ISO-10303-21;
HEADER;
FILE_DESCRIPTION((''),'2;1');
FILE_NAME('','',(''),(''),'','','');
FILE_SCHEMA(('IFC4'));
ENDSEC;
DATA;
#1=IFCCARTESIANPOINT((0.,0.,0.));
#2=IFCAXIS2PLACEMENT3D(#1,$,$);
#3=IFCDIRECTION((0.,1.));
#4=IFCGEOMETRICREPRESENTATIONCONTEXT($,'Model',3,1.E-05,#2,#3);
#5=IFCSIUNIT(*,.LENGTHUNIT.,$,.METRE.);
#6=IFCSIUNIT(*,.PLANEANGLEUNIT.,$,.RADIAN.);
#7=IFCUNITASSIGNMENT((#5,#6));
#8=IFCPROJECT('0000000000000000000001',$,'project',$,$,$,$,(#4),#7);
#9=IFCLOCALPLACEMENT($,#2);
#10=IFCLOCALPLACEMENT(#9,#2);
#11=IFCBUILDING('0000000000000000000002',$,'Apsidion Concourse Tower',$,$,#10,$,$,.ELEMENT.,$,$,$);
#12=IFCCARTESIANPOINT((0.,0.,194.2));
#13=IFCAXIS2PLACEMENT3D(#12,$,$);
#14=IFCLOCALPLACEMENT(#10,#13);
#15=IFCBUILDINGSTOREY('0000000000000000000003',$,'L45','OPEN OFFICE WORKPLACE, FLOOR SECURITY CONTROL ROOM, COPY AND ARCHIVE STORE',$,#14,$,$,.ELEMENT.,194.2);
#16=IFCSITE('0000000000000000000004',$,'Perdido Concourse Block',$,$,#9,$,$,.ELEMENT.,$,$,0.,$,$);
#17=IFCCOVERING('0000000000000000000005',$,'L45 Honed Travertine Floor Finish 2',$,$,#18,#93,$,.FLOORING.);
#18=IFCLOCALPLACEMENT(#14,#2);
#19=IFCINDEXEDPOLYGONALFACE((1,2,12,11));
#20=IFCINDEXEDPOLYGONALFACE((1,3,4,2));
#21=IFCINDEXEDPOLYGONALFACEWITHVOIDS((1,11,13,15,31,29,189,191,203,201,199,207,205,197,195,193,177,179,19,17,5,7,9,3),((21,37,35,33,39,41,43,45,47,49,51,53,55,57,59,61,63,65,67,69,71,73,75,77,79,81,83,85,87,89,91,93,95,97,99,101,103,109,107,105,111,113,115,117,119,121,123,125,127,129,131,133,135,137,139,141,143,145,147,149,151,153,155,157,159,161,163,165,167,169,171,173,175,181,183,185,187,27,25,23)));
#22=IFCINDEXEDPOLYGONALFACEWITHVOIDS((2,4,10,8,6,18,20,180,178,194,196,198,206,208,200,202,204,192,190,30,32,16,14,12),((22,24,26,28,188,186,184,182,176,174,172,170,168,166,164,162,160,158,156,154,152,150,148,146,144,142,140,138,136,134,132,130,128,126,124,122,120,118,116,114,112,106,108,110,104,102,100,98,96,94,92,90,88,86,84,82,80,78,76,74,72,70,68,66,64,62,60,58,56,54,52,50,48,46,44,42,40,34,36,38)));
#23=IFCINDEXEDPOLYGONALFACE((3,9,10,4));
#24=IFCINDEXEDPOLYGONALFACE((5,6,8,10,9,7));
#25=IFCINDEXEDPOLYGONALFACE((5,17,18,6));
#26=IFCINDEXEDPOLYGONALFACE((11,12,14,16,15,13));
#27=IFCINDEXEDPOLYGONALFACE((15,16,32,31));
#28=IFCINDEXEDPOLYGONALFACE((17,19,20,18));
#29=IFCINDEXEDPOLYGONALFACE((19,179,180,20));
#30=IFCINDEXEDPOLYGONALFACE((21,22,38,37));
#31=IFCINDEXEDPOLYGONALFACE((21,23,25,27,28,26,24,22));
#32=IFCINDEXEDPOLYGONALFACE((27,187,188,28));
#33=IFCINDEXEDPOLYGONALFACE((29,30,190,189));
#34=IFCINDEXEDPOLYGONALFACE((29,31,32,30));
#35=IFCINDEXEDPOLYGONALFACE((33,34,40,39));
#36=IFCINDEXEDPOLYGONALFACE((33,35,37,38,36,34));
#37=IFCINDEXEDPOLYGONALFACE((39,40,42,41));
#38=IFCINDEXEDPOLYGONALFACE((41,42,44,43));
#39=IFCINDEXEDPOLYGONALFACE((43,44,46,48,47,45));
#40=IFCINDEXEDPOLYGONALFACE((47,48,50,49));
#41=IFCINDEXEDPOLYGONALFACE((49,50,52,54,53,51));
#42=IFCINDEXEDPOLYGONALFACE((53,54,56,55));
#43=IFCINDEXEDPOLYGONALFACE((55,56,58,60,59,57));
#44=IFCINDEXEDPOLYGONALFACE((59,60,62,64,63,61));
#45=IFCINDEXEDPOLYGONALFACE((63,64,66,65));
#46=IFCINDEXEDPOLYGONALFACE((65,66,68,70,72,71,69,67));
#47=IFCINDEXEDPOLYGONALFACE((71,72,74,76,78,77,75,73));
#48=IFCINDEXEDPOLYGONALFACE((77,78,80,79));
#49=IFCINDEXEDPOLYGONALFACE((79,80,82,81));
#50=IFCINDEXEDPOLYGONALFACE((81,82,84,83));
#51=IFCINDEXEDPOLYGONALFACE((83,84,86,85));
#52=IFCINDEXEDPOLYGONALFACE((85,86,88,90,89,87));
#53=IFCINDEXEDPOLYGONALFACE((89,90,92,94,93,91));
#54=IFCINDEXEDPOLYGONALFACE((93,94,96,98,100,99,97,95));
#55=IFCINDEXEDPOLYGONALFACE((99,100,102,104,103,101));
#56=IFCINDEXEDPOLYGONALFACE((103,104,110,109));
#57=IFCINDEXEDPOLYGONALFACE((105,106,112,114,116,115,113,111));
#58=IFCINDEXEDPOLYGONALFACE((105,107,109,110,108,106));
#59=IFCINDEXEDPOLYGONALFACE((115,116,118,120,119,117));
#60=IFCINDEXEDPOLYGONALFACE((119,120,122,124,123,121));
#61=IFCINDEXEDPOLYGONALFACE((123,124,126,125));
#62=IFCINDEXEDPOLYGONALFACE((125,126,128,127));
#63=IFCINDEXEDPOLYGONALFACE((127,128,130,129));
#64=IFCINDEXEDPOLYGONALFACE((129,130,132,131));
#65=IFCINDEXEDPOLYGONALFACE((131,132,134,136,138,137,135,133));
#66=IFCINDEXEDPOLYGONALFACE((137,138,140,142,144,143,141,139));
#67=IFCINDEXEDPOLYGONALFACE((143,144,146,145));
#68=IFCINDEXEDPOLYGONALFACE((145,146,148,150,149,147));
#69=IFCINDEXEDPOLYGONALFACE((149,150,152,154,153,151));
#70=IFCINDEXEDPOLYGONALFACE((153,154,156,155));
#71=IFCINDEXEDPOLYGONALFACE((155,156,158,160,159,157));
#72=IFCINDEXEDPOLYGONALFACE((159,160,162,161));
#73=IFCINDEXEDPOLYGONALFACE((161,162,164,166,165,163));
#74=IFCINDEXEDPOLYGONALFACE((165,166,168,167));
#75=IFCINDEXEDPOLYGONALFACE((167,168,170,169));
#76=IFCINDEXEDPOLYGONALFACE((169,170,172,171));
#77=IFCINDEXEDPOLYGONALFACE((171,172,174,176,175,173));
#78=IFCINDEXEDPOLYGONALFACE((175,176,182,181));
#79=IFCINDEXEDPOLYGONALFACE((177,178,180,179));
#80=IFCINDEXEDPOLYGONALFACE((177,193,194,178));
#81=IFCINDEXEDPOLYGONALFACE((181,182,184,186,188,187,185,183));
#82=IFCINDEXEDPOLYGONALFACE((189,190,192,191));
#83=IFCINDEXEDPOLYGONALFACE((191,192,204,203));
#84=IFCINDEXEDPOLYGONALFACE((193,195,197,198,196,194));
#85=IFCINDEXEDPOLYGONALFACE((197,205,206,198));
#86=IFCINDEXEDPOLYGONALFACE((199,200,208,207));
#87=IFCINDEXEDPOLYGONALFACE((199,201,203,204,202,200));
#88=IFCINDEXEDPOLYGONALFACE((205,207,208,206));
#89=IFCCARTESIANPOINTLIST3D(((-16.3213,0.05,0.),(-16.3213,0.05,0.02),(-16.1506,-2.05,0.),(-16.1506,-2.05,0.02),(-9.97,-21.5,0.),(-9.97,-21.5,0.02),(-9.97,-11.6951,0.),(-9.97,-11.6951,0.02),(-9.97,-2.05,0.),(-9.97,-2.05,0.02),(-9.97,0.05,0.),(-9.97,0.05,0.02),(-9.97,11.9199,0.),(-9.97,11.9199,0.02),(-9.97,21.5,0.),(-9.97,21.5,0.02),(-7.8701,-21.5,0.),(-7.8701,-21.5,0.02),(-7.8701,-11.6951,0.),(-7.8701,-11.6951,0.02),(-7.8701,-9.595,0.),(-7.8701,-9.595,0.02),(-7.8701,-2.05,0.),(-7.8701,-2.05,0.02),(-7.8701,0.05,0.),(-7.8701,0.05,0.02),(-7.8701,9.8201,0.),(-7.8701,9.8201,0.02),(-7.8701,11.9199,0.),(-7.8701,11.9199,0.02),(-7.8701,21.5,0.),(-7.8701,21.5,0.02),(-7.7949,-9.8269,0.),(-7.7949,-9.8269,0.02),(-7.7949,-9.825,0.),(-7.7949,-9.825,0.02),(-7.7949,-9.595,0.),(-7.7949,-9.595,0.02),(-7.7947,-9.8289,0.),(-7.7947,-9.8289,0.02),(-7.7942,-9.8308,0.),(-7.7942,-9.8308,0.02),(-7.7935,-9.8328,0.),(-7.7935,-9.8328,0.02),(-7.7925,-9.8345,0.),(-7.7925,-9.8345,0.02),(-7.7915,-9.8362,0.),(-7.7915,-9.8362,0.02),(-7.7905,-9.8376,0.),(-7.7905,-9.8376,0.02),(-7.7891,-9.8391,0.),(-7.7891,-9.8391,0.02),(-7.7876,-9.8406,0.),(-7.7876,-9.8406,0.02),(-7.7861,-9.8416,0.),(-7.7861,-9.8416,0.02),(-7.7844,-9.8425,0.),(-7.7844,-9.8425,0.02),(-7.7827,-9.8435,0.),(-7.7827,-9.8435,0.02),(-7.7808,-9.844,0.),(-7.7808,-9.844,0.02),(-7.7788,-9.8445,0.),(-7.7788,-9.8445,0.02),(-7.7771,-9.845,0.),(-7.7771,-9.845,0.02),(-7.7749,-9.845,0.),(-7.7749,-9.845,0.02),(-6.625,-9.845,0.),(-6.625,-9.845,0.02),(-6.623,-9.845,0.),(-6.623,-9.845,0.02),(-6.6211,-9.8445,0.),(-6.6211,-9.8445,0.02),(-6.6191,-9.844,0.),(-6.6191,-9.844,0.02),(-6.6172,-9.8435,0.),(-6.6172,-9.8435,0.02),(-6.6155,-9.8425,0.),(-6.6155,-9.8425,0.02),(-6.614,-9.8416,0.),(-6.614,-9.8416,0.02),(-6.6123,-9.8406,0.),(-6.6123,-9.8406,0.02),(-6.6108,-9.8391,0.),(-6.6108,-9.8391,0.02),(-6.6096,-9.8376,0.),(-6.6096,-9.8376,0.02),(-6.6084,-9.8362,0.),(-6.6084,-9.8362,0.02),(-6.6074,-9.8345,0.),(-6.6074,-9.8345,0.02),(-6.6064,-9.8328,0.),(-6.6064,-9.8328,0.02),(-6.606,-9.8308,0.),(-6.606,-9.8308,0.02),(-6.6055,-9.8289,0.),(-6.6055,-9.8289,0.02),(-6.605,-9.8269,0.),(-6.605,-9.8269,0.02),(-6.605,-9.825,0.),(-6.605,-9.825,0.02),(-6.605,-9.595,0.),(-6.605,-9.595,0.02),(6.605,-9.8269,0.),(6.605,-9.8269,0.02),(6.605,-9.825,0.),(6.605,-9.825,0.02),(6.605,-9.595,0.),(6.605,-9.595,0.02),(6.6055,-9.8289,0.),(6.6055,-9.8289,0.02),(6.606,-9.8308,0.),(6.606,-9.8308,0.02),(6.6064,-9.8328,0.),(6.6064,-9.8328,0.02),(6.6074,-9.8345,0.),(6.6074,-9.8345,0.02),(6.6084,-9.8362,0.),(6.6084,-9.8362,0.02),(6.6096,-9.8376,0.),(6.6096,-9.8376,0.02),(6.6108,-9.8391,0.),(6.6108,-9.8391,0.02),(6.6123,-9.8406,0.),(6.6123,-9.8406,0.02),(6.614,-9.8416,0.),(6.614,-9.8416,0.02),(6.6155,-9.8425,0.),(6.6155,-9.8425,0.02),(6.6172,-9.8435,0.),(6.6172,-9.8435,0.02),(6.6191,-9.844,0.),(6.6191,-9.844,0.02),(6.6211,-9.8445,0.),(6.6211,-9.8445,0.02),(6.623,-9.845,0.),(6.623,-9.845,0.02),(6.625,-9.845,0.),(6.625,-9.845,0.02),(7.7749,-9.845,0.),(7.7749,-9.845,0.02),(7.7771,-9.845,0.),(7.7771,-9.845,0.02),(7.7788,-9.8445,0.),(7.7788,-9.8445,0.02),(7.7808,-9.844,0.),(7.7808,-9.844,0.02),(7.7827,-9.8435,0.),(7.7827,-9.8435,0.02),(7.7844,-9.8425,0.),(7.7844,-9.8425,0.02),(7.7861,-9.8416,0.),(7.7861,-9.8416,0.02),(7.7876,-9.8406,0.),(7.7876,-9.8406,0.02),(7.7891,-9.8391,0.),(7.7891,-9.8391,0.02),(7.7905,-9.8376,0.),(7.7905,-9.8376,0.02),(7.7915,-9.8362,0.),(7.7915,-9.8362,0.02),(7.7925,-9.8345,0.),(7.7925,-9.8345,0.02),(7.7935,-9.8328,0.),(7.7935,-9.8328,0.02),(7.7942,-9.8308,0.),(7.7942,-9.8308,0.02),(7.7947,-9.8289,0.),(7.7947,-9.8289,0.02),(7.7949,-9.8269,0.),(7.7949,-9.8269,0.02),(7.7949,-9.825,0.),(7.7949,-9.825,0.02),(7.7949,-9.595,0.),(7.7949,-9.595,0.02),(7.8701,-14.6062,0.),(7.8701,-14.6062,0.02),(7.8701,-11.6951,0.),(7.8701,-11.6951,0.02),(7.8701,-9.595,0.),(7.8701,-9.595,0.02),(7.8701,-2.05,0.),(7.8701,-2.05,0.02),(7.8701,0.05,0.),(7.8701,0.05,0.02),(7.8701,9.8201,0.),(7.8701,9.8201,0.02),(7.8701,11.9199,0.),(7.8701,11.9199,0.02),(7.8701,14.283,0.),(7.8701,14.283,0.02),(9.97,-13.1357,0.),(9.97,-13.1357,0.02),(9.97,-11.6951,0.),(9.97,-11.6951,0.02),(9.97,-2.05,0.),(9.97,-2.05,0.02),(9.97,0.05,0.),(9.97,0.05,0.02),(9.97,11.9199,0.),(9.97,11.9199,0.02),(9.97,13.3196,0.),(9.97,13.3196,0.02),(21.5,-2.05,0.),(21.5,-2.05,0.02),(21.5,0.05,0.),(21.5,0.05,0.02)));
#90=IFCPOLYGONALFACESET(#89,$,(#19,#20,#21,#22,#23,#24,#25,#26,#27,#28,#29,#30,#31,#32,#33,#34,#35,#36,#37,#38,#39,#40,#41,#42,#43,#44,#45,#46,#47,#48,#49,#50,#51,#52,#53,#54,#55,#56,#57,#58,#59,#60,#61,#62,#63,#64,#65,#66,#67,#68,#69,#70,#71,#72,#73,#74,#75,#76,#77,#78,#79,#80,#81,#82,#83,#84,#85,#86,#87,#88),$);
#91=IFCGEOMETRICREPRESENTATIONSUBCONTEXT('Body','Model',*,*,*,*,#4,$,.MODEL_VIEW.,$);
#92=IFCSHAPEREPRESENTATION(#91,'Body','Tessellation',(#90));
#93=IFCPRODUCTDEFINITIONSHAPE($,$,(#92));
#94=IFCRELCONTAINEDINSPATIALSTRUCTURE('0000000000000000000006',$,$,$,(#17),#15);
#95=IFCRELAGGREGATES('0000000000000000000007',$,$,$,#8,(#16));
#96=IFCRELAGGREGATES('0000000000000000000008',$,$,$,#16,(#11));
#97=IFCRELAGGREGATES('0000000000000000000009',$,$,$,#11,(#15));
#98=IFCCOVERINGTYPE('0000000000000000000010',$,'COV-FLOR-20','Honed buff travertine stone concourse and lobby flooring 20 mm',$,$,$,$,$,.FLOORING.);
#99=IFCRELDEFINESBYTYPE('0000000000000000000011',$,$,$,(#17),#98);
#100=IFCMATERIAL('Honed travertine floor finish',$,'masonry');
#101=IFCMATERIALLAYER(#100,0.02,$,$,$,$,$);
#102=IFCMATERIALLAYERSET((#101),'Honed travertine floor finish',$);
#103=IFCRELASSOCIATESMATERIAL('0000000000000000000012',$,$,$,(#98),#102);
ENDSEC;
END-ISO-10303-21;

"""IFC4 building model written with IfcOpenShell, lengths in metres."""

from ifc_helpers import new_model, si_unit, direction, frame, origin, place, context, subcontext, project, spatial, polyline, outline, extrude, material, layer, layer_set, type_object, element, save


model = new_model("IFC4")

# Units and contexts
model_context = context("Model", 3, precision=1e-05, world=origin(), true_north=direction((0.0, 1.0)))
body_context = subcontext(model_context, "Body", "Model", "MODEL_VIEW")
ifc_project = project(units=[si_unit("LENGTHUNIT", "METRE"), si_unit("PLANEANGLEUNIT", "RADIAN")], contexts=[model_context])

# Site, building, storey
site_placement = place(None, origin())
site = spatial("IfcSite", under=ifc_project, at=site_placement, Name="Perdido Concourse Block", CompositionType="ELEMENT", RefElevation=0.0)
building_placement = place(site_placement, origin())
building = spatial("IfcBuilding", under=site, at=building_placement, Name="Apsidion Concourse Tower", CompositionType="ELEMENT")
storey_placement = place(building_placement, frame((0.0, 0.0, 194.2)))
storey = spatial("IfcBuildingStorey", under=building, at=storey_placement, Name="L45", Description="OPEN OFFICE WORKPLACE, FLOOR SECURITY CONTROL ROOM, COPY AND ARCHIVE STORE", CompositionType="ELEMENT", Elevation=194.2)

# Covering
ifc_material_1 = material(Name="Honed travertine floor finish", Category="masonry")
ifc_layer_1 = layer(ifc_material_1, 0.02)
ifc_layer_set_1 = layer_set([ifc_layer_1], Name="Honed travertine floor finish")
covering_type_1 = type_object("IfcCoveringType", Name="COV-FLOR-20", Description="Honed buff travertine stone concourse and lobby flooring 20 mm", PredefinedType="FLOORING", material=ifc_layer_set_1)
covering_1_placement = place(storey_placement, origin())
element("IfcCovering", 1, at=covering_1_placement, inside=storey, type_object=covering_type_1, Name="L45 Honed Travertine Floor Finish 2", PredefinedType="FLOORING", context=body_context, shape_type="SweptSolid", body=[
    extrude(outline(polyline([(9.97, -13.1357), (7.8701, -14.6062), (7.8701, -11.6951), (-7.8701, -11.6951), (-7.8701, -21.5), (-9.97, -21.5), (-9.97, -11.6951), (-9.97, -2.05), (-16.1506, -2.05), (-16.3213, 0.05), (-9.97, 0.05), (-9.97, 11.9199), (-9.97, 21.5), (-7.8701, 21.5), (-7.8701, 11.9199), (7.8701, 11.9199), (7.8701, 14.283), (9.97, 13.3196), (9.97, 11.9199), (9.97, 0.05), (21.5, 0.05), (21.5, -2.05), (9.97, -2.05), (9.97, -11.6951), (9.97, -13.1357)]), holes=[polyline([(7.8701, -2.05), (7.8701, 0.05), (7.8701, 9.8201), (-7.8701, 9.8201), (-7.8701, 0.05), (-7.8701, -2.05), (-7.8701, -9.595), (-7.7949, -9.595), (-7.7949, -9.825), (-7.7949, -9.8269), (-7.7947, -9.8289), (-7.7942, -9.8308), (-7.7935, -9.8328), (-7.7925, -9.8345), (-7.7915, -9.8362), (-7.7905, -9.8376), (-7.7891, -9.8391), (-7.7876, -9.8406), (-7.7861, -9.8416), (-7.7844, -9.8425), (-7.7827, -9.8435), (-7.7808, -9.844), (-7.7788, -9.8445), (-7.7771, -9.845), (-7.7749, -9.845), (-6.625, -9.845), (-6.623, -9.845), (-6.6211, -9.8445), (-6.6191, -9.844), (-6.6172, -9.8435), (-6.6155, -9.8425), (-6.614, -9.8416), (-6.6123, -9.8406), (-6.6108, -9.8391), (-6.6096, -9.8376), (-6.6084, -9.8362), (-6.6074, -9.8345), (-6.6064, -9.8328), (-6.606, -9.8308), (-6.6055, -9.8289), (-6.605, -9.8269), (-6.605, -9.825), (-6.605, -9.595), (6.605, -9.595), (6.605, -9.825), (6.605, -9.8269), (6.6055, -9.8289), (6.606, -9.8308), (6.6064, -9.8328), (6.6074, -9.8345), (6.6084, -9.8362), (6.6096, -9.8376), (6.6108, -9.8391), (6.6123, -9.8406), (6.614, -9.8416), (6.6155, -9.8425), (6.6172, -9.8435), (6.6191, -9.844), (6.6211, -9.8445), (6.623, -9.845), (6.625, -9.845), (7.7749, -9.845), (7.7771, -9.845), (7.7788, -9.8445), (7.7808, -9.844), (7.7827, -9.8435), (7.7844, -9.8425), (7.7861, -9.8416), (7.7876, -9.8406), (7.7891, -9.8391), (7.7905, -9.8376), (7.7915, -9.8362), (7.7925, -9.8345), (7.7935, -9.8328), (7.7942, -9.8308), (7.7947, -9.8289), (7.7949, -9.8269), (7.7949, -9.825), (7.7949, -9.595), (7.8701, -9.595), (7.8701, -2.05)])]), origin(), (0.0, 0.0, 1.0), 0.02),
])

save(model, "model.ifc")
